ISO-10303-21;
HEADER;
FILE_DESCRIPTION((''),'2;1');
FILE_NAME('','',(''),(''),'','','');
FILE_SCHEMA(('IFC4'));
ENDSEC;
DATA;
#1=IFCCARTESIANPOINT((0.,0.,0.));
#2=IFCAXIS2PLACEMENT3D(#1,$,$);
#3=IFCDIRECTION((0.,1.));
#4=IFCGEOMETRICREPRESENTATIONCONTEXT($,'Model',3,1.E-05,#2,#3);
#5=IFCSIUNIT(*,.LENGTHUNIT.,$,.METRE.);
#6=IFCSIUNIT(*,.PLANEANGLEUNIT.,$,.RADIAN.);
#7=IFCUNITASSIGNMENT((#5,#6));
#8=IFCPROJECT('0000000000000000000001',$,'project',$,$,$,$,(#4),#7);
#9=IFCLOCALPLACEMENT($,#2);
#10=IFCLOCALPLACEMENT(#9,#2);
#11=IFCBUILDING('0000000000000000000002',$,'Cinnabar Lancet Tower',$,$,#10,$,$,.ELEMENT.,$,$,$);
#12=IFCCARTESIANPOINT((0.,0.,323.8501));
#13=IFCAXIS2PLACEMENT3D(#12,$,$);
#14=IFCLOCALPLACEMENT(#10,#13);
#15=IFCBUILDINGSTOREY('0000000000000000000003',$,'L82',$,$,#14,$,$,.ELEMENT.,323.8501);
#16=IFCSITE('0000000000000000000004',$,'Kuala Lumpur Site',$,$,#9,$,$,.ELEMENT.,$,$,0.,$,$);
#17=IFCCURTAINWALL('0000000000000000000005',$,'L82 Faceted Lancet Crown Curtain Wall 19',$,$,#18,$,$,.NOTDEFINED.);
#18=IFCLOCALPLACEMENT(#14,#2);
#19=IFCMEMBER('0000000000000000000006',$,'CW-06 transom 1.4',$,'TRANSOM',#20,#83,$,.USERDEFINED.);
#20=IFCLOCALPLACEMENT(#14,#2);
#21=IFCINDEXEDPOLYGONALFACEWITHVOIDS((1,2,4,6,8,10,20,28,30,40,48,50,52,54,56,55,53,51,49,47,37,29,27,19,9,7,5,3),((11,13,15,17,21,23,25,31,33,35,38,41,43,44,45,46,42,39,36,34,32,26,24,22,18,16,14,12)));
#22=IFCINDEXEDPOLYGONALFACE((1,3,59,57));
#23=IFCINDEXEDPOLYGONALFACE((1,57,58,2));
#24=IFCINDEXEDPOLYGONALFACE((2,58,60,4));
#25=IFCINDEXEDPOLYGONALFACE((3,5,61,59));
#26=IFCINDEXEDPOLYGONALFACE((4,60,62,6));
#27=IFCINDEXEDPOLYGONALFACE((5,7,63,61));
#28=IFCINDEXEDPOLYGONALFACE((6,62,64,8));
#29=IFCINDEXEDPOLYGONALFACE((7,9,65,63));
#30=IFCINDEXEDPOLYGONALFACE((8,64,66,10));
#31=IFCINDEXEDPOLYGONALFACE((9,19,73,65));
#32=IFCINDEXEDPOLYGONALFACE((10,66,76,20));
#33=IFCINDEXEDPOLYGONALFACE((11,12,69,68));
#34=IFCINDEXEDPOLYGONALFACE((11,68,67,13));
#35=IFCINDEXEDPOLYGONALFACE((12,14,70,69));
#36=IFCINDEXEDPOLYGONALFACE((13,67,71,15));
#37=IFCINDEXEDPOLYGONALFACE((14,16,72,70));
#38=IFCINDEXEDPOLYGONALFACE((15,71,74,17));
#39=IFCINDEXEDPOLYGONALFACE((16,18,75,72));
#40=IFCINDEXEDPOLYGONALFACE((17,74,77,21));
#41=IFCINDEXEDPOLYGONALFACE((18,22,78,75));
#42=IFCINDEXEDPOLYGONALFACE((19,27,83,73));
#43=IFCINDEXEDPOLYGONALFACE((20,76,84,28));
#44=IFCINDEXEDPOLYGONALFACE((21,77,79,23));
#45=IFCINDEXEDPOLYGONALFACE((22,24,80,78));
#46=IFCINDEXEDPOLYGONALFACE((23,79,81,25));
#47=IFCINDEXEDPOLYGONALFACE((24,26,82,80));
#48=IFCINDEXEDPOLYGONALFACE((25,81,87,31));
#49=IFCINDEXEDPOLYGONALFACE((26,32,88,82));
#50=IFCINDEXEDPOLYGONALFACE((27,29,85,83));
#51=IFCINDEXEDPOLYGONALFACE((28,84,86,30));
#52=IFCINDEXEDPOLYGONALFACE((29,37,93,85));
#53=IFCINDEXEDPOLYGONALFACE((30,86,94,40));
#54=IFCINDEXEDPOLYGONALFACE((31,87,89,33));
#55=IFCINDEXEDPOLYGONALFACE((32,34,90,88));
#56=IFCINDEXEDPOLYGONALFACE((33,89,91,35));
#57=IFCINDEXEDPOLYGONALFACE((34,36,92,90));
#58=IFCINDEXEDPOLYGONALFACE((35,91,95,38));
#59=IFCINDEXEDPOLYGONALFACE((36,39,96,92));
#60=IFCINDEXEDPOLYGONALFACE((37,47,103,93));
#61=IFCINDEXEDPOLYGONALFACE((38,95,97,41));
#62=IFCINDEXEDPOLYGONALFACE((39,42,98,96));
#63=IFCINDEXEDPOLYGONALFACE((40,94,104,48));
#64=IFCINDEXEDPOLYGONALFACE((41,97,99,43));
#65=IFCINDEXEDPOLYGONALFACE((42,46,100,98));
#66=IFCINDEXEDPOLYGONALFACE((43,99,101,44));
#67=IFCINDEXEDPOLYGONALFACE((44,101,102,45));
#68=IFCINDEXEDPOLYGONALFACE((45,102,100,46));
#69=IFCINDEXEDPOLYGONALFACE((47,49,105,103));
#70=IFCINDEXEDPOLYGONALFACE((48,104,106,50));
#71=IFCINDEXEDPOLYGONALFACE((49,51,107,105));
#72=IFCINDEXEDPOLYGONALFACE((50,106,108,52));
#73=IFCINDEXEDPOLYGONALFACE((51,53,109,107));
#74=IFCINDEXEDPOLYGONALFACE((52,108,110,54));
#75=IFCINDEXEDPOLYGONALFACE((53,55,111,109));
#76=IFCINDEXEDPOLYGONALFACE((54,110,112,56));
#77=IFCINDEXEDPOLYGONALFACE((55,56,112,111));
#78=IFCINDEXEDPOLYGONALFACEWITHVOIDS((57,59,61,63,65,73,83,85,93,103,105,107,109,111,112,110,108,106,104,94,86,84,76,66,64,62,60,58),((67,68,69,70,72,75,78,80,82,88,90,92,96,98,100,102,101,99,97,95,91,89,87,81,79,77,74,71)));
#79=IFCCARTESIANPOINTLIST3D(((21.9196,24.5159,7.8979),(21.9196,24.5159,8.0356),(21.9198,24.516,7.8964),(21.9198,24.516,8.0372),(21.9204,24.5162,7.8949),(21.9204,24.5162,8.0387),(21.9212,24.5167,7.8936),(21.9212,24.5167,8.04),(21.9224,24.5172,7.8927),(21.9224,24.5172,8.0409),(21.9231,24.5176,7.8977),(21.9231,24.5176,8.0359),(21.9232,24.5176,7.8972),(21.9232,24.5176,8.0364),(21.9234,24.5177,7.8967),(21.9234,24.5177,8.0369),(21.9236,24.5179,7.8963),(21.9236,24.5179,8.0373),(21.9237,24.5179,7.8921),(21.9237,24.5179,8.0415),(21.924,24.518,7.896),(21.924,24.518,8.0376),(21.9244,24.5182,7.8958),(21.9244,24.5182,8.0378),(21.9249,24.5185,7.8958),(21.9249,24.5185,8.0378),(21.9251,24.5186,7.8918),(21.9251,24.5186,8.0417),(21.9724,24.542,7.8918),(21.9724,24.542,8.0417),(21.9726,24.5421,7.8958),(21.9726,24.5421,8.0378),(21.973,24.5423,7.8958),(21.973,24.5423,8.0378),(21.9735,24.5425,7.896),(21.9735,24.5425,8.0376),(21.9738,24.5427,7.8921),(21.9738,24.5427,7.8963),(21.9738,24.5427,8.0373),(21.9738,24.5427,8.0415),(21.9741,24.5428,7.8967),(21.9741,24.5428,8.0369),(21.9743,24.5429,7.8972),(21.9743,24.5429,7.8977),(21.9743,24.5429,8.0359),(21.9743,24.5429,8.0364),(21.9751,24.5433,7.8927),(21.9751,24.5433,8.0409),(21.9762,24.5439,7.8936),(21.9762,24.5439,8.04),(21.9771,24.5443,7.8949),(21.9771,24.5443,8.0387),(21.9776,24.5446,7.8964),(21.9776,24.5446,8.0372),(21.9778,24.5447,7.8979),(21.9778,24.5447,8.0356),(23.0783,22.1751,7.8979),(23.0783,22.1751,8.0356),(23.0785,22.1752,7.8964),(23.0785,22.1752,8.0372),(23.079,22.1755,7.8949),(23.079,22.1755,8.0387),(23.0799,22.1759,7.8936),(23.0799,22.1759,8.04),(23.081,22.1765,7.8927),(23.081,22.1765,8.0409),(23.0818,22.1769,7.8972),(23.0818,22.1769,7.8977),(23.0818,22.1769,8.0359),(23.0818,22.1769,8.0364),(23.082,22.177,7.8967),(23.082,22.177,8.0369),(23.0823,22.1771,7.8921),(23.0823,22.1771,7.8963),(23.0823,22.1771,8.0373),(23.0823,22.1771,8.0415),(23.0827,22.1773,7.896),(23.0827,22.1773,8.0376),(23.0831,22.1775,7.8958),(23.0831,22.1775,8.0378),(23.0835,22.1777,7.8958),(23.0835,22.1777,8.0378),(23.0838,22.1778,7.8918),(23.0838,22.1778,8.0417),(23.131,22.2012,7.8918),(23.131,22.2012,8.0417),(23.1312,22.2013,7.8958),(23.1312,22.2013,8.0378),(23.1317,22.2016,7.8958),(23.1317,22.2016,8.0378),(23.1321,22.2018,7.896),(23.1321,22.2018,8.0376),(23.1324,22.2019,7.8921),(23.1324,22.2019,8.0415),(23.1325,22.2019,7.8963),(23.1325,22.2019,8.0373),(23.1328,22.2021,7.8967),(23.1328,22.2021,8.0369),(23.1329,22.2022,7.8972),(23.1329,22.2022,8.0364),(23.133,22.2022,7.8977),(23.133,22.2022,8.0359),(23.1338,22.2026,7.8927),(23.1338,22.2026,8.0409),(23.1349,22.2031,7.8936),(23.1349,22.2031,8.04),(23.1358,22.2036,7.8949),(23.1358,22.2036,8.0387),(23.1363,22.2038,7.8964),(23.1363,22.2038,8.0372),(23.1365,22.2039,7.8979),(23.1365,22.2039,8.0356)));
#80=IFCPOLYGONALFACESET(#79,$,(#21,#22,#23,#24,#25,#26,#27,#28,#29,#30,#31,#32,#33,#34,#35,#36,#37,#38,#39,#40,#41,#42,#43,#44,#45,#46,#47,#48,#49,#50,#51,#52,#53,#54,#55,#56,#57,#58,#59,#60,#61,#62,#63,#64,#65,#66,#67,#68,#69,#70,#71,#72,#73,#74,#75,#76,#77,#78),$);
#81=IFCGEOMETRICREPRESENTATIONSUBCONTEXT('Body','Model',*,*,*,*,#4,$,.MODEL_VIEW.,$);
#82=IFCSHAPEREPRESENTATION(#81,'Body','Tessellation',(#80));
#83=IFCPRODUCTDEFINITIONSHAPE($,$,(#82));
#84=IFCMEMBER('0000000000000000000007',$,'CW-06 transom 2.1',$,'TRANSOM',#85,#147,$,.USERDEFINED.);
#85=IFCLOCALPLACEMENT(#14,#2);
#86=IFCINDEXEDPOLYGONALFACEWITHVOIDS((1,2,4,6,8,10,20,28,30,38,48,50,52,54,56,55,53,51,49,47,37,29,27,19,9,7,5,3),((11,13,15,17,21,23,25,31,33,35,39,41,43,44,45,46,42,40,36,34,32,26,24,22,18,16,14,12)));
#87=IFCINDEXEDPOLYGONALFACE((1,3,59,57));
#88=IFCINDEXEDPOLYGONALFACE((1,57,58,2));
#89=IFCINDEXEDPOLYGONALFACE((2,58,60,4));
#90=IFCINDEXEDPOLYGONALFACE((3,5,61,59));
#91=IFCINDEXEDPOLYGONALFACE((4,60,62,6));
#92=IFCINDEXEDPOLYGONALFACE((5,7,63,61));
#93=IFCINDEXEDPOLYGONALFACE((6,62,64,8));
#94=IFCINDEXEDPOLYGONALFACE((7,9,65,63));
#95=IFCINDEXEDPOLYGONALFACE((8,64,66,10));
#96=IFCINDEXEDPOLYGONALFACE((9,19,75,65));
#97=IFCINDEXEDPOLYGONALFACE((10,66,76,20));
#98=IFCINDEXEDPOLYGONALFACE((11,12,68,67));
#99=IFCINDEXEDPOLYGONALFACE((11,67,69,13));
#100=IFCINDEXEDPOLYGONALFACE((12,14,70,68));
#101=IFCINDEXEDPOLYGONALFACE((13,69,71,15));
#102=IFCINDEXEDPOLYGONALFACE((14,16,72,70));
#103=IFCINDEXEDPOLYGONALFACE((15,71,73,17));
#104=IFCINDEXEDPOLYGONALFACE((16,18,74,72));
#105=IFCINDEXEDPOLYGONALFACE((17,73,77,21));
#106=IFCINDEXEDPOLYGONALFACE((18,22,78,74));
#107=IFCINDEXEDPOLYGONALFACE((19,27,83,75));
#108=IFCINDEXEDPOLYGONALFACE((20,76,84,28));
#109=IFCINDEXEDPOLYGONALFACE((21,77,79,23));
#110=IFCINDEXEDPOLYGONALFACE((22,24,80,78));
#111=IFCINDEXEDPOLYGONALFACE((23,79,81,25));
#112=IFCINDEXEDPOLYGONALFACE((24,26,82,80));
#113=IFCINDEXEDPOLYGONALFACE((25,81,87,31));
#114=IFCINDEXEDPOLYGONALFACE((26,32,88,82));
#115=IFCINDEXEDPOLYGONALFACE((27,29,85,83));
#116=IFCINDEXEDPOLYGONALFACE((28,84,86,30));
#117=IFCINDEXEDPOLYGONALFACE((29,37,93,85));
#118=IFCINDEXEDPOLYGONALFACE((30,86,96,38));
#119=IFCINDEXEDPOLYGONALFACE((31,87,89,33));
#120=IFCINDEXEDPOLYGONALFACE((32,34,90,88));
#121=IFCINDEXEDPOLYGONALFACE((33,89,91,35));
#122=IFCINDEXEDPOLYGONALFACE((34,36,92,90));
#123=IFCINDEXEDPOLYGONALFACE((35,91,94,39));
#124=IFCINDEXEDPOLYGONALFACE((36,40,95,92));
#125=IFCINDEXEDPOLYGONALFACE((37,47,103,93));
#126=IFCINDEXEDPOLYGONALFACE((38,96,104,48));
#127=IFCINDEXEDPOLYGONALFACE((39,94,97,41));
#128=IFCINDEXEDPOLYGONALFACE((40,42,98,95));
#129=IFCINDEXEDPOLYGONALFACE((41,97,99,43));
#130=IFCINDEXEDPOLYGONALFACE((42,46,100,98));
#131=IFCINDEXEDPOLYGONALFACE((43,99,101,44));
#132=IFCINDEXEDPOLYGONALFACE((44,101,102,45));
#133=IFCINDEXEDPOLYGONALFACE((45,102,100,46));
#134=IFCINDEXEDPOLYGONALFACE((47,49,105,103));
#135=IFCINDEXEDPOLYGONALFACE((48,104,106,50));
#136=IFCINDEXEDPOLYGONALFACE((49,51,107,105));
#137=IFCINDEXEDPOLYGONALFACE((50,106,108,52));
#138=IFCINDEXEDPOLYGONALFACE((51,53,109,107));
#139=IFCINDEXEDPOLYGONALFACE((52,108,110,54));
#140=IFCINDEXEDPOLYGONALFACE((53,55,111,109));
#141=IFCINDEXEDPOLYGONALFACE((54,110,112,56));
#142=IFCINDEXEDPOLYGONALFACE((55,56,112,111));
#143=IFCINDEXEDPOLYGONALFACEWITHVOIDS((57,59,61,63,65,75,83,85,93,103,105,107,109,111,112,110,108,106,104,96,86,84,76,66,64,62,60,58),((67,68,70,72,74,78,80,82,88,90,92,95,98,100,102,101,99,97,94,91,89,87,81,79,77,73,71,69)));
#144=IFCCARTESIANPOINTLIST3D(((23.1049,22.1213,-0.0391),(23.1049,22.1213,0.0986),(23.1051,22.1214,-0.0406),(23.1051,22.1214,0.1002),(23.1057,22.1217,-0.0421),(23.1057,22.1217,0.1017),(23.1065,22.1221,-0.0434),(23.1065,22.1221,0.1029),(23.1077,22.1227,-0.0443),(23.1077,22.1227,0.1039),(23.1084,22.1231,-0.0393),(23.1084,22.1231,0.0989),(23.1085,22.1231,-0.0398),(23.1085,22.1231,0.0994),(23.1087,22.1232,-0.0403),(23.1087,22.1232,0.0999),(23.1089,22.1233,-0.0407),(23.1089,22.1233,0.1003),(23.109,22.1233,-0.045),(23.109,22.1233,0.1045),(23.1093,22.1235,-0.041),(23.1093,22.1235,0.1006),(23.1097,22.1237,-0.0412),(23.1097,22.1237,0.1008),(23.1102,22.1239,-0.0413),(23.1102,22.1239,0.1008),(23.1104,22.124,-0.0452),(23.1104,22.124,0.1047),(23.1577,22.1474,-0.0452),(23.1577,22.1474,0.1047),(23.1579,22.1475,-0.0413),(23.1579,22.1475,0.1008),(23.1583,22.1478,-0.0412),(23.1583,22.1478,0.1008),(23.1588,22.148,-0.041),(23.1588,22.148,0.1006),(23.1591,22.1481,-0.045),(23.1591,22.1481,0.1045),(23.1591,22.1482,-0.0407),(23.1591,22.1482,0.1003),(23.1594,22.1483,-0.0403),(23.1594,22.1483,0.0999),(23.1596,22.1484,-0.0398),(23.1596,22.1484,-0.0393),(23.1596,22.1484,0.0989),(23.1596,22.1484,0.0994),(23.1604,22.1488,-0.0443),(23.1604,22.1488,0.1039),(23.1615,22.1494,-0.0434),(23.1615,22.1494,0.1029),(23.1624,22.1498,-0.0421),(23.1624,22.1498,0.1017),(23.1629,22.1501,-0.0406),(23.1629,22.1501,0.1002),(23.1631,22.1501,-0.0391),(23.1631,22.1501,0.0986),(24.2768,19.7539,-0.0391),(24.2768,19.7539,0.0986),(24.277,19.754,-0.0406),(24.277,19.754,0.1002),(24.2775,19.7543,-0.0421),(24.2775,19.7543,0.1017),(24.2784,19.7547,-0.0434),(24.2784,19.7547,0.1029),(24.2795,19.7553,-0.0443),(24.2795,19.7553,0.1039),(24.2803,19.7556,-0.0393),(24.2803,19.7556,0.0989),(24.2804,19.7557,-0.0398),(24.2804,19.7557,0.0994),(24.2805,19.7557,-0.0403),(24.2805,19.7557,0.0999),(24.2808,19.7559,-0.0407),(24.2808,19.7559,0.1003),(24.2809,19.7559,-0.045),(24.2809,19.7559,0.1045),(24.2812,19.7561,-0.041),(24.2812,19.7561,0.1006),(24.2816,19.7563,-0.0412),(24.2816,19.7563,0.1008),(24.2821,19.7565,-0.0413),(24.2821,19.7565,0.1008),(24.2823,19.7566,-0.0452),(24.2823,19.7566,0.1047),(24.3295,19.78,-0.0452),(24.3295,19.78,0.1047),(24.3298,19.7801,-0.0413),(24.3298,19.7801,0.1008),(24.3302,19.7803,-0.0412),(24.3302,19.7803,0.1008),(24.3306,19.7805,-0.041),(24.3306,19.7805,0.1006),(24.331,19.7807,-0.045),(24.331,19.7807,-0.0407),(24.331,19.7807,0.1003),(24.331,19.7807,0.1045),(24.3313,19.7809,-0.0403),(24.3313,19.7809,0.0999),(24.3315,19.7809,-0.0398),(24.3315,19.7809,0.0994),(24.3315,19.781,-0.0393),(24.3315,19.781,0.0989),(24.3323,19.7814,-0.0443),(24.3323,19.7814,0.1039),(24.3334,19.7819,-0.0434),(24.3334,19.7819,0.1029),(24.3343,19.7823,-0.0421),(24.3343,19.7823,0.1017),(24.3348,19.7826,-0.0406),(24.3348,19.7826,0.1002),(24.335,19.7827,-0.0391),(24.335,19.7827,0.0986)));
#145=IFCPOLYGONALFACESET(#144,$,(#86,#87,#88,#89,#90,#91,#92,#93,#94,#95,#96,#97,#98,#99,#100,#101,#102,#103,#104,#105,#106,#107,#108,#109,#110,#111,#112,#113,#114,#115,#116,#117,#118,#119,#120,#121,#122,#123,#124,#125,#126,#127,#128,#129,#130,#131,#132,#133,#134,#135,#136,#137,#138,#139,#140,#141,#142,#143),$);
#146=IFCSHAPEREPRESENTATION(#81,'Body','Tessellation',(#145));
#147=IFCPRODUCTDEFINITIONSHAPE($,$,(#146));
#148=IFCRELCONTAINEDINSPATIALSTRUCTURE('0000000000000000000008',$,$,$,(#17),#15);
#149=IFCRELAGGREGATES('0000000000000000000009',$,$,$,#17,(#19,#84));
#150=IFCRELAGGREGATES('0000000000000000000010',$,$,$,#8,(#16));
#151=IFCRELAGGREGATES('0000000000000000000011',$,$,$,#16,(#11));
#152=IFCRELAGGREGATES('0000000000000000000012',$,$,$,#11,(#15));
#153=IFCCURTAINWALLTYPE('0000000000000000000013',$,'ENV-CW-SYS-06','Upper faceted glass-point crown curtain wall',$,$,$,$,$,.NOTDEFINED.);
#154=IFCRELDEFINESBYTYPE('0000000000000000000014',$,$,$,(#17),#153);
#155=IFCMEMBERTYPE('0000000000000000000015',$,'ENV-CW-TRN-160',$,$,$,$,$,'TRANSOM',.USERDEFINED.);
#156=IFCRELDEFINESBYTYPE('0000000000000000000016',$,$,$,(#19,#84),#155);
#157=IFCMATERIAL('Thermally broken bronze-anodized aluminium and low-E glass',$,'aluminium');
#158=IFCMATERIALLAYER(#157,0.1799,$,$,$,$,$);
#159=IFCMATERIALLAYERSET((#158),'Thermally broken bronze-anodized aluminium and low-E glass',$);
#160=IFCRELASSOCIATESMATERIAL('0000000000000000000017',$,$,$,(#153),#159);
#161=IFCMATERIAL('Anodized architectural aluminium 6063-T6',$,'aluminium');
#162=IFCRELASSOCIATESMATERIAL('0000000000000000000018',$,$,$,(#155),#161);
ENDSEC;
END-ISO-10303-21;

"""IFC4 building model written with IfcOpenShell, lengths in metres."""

from ifc_helpers import new_model, si_unit, direction, frame, origin, origin_2d, place, context, subcontext, project, spatial, hollow_rectangle, extrude, material, layer, layer_set, material_profile, profile_set, type_object, element, aggregate, save


model = new_model("IFC4")

# Units and contexts
model_context = context("Model", 3, precision=1e-05, world=origin(), true_north=direction((0.0, 1.0)))
body_context = subcontext(model_context, "Body", "Model", "MODEL_VIEW")
ifc_project = project(units=[si_unit("LENGTHUNIT", "METRE"), si_unit("PLANEANGLEUNIT", "RADIAN")], contexts=[model_context])

# Site, building, storey
site_placement = place(None, origin())
site = spatial("IfcSite", under=ifc_project, at=site_placement, Name="Kuala Lumpur Site", CompositionType="ELEMENT", RefElevation=0.0)
building_placement = place(site_placement, origin())
building = spatial("IfcBuilding", under=site, at=building_placement, Name="Cinnabar Lancet Tower", CompositionType="ELEMENT")
storey_placement = place(building_placement, frame((0.0, 0.0, 323.8501)))
storey = spatial("IfcBuildingStorey", under=building, at=storey_placement, Name="L82", CompositionType="ELEMENT", Elevation=323.8501)

# Curtain wall
ifc_material_1 = material(Name="Thermally broken bronze-anodized aluminium and low-E glass", Category="aluminium")
ifc_layer_1 = layer(ifc_material_1, 0.1799)
ifc_layer_set_1 = layer_set([ifc_layer_1], Name="Thermally broken bronze-anodized aluminium and low-E glass")
curtain_wall_type = type_object("IfcCurtainWallType", Name="ENV-CW-SYS-06", Description="Upper faceted glass-point crown curtain wall", PredefinedType="NOTDEFINED", material=ifc_layer_set_1)
curtain_wall_1_placement = place(storey_placement, origin())
curtain_wall_1 = element("IfcCurtainWall", 1, at=curtain_wall_1_placement, inside=storey, type_object=curtain_wall_type, Name="L82 Faceted Lancet Crown Curtain Wall 19", PredefinedType="NOTDEFINED")

# Members
ifc_material_2 = material(Name="Anodized architectural aluminium 6063-T6", Category="aluminium")
ifc_material_profile_1 = material_profile(ifc_material_2, hollow_rectangle(XDim=0.0649, YDim=0.1499, WallThickness=0.0039, InnerFilletRadius=0.002, OuterFilletRadius=0.0061, at=origin_2d()), Name="CW-TRN 150x65x4")
ifc_profile_set_1 = profile_set([ifc_material_profile_1], Name="Anodized architectural aluminium 6063-T6")
member_type_1 = type_object("IfcMemberType", Name="ENV-CW-TRN-160", ElementType="TRANSOM", PredefinedType="USERDEFINED", material=ifc_profile_set_1)
member_1_placement = place(storey_placement, frame((21.9487, 24.5303, 7.9668), z_axis=(0.443621, -0.896215, 0.0), x_axis=(0.896215, 0.443621, 0.0)))
member_1 = element("IfcMember", 2, at=member_1_placement, type_object=member_type_1, Name="CW-06 transom 1.4", ObjectType="TRANSOM", PredefinedType="USERDEFINED", context=body_context, shape_type="SweptSolid", body=[
    extrude(hollow_rectangle(XDim=0.0649, YDim=0.1499, WallThickness=0.0039, InnerFilletRadius=0.002, OuterFilletRadius=0.0061, at=origin_2d()), origin(), (0.0, 0.0, 1.0), 2.6118),
])
member_2_placement = place(storey_placement, frame((23.134, 22.1357, 0.0298), z_axis=(0.443624, -0.896213, 0.0), x_axis=(0.896213, 0.443624, 0.0)))
member_2 = element("IfcMember", 3, at=member_2_placement, type_object=member_type_1, Name="CW-06 transom 2.1", ObjectType="TRANSOM", PredefinedType="USERDEFINED", context=body_context, shape_type="SweptSolid", body=[
    extrude(hollow_rectangle(XDim=0.0649, YDim=0.1499, WallThickness=0.0039, InnerFilletRadius=0.002, OuterFilletRadius=0.0061, at=origin_2d()), origin(), (0.0, 0.0, 1.0), 2.6416),
])

aggregate(curtain_wall_1, [member_1, member_2])

save(model, "model.ifc")
